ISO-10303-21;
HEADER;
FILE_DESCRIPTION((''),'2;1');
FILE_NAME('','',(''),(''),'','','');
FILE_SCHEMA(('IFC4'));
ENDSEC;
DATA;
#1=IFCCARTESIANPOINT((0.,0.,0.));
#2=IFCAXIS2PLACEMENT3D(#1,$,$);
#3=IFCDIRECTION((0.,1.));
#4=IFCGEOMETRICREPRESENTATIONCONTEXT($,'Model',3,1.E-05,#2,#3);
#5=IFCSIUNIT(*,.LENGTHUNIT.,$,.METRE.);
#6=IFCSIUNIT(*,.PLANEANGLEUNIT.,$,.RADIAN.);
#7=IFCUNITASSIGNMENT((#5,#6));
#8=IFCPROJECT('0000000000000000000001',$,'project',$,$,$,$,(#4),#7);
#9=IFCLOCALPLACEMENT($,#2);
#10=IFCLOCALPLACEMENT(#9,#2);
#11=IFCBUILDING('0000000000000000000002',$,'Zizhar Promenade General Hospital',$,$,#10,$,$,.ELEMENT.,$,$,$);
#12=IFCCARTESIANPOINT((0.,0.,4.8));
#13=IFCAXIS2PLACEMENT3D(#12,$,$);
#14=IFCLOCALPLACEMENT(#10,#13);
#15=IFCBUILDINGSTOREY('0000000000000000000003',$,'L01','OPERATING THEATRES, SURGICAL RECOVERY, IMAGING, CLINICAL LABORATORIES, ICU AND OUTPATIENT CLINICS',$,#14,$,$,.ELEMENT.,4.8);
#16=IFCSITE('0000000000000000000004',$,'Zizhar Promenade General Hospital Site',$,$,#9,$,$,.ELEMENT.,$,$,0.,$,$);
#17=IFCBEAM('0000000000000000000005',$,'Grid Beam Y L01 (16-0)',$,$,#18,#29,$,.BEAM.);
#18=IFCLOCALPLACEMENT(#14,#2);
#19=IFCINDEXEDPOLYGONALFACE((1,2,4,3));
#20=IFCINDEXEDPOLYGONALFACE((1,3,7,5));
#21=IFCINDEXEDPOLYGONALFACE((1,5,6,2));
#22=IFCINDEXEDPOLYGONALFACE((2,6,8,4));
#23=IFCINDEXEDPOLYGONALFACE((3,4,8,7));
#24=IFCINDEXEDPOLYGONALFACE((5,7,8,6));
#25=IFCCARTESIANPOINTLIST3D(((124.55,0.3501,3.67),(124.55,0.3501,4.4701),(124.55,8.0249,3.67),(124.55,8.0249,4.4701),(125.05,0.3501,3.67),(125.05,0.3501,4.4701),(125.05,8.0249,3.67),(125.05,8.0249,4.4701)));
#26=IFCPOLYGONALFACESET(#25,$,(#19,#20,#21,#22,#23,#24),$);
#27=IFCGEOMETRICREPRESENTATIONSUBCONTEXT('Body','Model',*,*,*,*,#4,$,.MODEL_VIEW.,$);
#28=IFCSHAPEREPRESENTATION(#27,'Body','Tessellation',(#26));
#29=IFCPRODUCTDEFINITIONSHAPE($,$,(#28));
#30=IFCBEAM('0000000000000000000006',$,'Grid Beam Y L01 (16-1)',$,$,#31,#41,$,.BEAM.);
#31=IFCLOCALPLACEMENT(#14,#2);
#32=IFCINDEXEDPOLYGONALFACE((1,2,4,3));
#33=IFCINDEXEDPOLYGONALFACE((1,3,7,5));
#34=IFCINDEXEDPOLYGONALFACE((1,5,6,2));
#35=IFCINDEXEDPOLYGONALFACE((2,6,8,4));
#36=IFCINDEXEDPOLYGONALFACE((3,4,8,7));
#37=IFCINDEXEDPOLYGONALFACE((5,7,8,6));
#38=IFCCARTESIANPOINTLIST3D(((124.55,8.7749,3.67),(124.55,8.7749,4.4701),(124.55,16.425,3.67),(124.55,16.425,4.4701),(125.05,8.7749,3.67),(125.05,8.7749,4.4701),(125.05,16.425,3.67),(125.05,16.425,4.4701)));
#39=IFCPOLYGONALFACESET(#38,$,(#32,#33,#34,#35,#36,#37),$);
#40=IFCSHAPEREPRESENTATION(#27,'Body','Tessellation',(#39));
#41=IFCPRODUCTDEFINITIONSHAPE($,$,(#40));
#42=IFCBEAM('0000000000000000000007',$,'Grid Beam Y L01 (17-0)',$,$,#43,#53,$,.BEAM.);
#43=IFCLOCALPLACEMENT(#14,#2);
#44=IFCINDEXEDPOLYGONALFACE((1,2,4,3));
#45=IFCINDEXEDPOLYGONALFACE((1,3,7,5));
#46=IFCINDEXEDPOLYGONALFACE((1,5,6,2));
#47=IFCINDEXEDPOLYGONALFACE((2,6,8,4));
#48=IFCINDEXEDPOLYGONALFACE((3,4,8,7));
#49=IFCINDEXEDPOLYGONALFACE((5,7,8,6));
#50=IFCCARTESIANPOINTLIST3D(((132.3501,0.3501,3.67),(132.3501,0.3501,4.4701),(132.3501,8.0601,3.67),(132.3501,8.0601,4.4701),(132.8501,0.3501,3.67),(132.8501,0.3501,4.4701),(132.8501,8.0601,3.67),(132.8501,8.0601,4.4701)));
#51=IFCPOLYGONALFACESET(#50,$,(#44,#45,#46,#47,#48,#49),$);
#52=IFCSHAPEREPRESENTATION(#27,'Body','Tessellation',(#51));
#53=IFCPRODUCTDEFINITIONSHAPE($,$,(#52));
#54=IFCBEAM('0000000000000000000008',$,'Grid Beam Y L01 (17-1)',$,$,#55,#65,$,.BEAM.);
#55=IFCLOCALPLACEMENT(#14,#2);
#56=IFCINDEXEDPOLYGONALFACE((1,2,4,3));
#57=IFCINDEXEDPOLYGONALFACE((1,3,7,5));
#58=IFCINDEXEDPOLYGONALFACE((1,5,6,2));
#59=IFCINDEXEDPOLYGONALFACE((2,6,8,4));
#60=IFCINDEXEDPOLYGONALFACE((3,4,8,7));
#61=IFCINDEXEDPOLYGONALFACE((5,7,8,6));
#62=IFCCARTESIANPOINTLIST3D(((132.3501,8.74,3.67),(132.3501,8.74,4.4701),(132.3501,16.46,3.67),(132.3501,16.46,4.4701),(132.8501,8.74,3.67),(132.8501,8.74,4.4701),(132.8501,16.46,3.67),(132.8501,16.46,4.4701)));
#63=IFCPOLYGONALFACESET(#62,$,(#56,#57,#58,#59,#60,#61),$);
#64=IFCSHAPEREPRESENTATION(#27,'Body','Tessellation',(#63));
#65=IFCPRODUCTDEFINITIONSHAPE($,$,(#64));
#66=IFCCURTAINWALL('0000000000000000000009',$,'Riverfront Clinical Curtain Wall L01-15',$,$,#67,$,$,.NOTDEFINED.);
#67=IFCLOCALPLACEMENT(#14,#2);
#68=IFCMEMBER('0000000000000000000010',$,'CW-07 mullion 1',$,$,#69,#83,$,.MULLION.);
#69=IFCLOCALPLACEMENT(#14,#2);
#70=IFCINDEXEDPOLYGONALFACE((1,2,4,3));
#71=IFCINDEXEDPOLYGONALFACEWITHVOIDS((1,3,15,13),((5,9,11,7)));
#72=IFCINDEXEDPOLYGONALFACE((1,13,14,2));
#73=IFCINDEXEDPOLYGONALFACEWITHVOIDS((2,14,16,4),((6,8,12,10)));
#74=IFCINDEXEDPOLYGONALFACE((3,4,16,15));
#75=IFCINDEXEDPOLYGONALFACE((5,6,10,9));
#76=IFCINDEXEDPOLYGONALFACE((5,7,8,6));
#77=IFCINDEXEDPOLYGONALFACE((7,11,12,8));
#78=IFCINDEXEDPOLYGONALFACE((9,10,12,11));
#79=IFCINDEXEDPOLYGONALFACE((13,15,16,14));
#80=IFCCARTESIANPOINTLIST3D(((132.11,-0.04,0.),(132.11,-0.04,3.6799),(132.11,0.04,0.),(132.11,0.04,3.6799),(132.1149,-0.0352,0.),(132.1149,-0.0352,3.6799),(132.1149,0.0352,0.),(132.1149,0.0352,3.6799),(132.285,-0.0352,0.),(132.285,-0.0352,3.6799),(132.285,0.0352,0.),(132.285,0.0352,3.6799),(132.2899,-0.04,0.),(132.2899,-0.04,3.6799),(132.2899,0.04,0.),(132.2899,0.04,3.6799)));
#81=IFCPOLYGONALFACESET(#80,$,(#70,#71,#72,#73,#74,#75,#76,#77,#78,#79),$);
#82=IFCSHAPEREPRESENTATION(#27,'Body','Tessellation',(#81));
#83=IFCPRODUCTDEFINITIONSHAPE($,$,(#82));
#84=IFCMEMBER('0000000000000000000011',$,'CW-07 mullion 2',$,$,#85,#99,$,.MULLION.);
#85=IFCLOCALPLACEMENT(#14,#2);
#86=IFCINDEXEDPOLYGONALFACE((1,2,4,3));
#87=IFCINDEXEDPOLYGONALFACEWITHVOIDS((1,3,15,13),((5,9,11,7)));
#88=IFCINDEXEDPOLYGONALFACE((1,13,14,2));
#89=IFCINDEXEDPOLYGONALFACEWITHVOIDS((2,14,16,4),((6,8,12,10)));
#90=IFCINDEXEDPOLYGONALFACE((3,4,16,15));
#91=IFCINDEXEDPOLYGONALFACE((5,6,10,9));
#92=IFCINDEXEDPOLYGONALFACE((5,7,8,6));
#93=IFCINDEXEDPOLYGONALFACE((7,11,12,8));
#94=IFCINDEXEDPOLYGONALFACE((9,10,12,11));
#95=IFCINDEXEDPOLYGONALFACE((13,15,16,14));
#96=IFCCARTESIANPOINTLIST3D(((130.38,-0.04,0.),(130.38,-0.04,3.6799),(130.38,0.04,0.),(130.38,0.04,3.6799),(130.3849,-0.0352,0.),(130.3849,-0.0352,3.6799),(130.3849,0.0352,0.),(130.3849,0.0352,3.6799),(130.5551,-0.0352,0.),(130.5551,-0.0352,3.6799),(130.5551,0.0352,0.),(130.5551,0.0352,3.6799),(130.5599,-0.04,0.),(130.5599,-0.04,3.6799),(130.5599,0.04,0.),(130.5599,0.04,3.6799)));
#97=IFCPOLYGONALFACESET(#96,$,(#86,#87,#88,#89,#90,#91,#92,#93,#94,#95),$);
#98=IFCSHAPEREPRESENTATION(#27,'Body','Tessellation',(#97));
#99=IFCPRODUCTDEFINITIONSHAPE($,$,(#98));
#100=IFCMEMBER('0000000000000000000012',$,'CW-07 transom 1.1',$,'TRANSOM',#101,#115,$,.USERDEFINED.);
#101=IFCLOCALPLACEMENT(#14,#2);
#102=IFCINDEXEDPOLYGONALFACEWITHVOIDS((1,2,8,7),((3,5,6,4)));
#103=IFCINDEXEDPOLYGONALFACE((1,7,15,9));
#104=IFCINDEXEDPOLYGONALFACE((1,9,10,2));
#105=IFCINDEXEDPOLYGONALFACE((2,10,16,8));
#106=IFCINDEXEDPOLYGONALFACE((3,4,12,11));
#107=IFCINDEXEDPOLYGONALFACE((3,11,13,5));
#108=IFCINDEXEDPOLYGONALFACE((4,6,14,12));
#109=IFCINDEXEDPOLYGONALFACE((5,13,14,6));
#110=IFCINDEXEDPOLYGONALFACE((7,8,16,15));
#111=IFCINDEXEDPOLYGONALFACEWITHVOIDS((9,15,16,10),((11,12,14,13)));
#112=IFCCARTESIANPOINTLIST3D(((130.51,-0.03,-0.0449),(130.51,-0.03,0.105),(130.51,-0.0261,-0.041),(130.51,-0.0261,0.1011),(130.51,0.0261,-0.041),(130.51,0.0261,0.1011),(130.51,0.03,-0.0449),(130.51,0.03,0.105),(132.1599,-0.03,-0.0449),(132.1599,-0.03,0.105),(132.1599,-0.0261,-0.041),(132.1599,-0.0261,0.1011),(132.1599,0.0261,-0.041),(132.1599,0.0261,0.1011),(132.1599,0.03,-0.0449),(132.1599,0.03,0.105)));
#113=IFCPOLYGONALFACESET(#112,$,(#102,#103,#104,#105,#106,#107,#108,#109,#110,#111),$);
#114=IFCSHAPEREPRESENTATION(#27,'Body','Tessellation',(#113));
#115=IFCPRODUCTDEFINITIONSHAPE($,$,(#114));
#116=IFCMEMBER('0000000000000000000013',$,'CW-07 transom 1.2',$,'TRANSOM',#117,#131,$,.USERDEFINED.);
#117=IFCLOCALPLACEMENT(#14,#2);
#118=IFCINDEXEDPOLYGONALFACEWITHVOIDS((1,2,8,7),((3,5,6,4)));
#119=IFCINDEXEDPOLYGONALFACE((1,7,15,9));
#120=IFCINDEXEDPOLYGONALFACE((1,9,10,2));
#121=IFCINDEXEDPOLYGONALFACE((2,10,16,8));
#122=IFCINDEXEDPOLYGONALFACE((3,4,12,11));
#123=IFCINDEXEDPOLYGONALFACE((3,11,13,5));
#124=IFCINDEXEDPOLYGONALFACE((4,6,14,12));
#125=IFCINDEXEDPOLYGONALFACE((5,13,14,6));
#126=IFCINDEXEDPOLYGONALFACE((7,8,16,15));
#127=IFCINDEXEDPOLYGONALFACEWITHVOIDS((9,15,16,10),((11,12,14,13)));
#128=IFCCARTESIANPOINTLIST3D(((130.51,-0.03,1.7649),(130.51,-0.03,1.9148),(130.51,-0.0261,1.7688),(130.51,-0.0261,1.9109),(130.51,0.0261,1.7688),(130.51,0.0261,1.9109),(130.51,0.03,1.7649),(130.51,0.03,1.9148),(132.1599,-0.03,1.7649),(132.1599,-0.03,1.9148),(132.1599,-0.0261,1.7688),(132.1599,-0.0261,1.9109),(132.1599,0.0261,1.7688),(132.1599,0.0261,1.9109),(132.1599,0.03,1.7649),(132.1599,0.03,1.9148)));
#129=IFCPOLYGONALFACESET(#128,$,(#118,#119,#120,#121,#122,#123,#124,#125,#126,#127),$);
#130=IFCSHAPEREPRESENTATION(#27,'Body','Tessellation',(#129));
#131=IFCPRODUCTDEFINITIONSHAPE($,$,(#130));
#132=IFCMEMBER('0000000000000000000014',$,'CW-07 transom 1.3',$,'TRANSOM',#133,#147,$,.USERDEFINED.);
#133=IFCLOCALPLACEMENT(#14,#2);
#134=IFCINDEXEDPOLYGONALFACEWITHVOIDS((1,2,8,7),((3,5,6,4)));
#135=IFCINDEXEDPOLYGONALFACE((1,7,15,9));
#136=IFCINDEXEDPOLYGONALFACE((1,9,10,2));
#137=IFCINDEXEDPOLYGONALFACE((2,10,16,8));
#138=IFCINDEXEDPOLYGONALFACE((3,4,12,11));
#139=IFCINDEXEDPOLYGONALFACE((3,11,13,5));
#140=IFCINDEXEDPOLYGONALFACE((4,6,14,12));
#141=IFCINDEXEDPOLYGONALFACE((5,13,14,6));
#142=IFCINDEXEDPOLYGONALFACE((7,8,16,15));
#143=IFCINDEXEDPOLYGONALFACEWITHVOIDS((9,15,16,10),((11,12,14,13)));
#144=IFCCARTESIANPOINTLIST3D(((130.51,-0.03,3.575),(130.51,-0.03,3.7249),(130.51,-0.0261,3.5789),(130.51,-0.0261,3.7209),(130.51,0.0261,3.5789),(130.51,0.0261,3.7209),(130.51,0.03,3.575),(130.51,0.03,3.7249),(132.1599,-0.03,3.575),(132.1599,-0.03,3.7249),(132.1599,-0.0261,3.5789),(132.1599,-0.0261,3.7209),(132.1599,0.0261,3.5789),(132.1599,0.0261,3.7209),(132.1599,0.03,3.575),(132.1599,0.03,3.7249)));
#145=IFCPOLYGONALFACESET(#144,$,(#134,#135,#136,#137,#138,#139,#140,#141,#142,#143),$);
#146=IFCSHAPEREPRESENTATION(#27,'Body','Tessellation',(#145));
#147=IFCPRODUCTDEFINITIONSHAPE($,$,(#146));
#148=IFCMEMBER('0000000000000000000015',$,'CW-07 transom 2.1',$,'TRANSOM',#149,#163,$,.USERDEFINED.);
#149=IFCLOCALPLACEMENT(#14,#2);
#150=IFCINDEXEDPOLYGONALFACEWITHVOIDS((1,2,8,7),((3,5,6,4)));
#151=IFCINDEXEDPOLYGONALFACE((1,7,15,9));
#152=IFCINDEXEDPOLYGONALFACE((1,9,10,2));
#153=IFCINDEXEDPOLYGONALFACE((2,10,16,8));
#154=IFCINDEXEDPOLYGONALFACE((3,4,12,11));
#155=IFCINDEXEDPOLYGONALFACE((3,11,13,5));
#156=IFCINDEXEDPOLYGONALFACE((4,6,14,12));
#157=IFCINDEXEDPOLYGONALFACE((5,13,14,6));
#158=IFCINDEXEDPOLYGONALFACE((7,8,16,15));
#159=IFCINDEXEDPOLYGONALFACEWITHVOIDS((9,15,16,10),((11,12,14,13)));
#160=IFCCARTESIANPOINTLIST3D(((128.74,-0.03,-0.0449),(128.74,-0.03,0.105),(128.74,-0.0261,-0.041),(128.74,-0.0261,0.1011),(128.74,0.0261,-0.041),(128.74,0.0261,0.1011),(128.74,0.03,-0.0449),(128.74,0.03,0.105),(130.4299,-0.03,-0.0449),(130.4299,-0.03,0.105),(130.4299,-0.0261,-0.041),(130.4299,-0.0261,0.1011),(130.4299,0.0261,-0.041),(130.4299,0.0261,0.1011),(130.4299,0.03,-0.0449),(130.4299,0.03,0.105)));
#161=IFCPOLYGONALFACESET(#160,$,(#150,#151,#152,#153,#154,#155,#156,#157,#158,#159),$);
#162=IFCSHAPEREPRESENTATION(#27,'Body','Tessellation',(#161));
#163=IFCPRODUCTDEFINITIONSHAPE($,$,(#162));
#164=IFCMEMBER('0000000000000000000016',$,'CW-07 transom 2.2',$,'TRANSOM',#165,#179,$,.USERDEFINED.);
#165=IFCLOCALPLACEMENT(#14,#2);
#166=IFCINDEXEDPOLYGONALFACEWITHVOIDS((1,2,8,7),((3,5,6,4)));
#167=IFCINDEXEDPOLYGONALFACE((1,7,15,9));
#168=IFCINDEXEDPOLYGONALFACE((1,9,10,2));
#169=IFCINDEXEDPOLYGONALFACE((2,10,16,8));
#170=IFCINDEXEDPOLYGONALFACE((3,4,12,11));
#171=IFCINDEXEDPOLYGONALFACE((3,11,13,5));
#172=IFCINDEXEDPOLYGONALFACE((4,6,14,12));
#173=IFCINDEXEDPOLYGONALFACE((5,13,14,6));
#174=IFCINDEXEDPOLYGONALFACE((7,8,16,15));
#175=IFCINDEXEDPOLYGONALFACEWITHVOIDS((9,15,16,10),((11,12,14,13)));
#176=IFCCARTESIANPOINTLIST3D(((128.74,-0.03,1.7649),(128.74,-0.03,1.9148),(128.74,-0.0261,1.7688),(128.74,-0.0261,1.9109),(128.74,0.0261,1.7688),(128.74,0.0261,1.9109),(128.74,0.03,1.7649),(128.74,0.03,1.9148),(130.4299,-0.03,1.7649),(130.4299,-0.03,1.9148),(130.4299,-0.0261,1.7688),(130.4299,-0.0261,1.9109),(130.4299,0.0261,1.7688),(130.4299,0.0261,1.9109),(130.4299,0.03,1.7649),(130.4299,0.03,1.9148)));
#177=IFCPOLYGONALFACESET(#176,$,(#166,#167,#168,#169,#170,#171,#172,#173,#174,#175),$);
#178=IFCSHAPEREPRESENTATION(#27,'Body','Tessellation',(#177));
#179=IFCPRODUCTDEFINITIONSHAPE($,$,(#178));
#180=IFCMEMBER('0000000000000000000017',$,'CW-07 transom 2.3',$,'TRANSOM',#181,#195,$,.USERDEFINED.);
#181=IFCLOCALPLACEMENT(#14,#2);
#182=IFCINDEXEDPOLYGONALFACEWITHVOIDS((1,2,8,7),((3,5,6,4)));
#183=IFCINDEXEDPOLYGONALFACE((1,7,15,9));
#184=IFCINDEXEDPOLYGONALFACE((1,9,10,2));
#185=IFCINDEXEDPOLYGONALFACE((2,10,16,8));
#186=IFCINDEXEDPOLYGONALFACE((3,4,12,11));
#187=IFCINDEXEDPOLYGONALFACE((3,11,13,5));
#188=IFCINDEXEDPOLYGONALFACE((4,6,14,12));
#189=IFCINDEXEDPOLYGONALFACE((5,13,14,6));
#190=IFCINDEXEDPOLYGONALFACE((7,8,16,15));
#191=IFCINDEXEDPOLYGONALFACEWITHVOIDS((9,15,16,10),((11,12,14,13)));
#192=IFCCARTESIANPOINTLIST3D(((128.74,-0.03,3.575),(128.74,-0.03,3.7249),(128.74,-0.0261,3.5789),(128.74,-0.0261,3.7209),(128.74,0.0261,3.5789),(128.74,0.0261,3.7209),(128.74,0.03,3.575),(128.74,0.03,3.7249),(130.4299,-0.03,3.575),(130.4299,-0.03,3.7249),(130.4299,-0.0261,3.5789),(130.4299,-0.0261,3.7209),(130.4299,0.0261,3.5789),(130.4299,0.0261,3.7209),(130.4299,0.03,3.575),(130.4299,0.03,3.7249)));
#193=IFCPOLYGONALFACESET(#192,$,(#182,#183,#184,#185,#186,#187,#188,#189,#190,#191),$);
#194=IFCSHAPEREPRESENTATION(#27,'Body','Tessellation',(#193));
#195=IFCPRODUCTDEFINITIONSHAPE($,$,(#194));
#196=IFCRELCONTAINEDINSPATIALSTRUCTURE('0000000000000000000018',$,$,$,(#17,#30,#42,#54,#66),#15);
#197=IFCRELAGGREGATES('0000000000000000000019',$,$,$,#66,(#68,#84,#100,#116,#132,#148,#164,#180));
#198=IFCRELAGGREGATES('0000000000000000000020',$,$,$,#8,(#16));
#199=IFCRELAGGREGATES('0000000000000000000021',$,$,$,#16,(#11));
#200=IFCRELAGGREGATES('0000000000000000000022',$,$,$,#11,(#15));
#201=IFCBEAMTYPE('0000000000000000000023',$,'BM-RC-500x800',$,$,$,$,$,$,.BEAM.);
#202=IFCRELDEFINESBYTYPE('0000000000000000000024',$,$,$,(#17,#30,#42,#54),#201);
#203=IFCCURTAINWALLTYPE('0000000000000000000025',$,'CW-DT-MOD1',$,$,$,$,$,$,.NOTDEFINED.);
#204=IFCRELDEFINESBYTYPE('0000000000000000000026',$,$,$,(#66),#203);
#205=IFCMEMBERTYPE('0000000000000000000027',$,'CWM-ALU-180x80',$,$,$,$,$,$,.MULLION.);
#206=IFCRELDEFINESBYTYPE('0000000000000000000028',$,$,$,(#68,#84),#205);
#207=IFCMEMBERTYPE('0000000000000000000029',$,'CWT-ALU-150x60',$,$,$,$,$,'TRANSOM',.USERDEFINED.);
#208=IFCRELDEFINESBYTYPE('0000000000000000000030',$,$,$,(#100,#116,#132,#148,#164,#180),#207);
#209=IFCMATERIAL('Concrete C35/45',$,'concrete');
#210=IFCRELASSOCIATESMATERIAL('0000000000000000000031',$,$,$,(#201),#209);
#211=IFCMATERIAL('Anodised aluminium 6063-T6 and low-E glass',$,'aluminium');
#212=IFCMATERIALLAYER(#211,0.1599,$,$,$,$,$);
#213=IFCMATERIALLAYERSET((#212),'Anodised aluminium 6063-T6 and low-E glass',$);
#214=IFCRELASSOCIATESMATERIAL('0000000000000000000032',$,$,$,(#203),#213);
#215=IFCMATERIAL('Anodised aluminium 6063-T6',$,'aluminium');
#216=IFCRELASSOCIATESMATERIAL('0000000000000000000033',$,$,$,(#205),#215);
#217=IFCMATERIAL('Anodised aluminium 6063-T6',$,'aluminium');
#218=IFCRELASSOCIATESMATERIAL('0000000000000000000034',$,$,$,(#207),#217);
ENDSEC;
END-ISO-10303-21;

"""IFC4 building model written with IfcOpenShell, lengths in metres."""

from ifc_helpers import new_model, si_unit, direction, frame, origin, origin_2d, place, context, subcontext, project, spatial, rectangle, hollow_rectangle, extrude, material, layer, layer_set, material_profile, profile_set, type_object, element, aggregate, save


model = new_model("IFC4")

# Units and contexts
model_context = context("Model", 3, precision=1e-05, world=origin(), true_north=direction((0.0, 1.0)))
body_context = subcontext(model_context, "Body", "Model", "MODEL_VIEW")
ifc_project = project(units=[si_unit("LENGTHUNIT", "METRE"), si_unit("PLANEANGLEUNIT", "RADIAN")], contexts=[model_context])

# Site, building, storey
site_placement = place(None, origin())
site = spatial("IfcSite", under=ifc_project, at=site_placement, Name="Zizhar Promenade General Hospital Site", CompositionType="ELEMENT", RefElevation=0.0)
building_placement = place(site_placement, origin())
building = spatial("IfcBuilding", under=site, at=building_placement, Name="Zizhar Promenade General Hospital", CompositionType="ELEMENT")
storey_placement = place(building_placement, frame((0.0, 0.0, 4.8)))
storey = spatial("IfcBuildingStorey", under=building, at=storey_placement, Name="L01", Description="OPERATING THEATRES, SURGICAL RECOVERY, IMAGING, CLINICAL LABORATORIES, ICU AND OUTPATIENT CLINICS", CompositionType="ELEMENT", Elevation=4.8)

# Beams
ifc_material_1 = material(Name="Concrete C35/45", Category="concrete")
ifc_material_profile_1 = material_profile(ifc_material_1, rectangle(XDim=0.5, YDim=0.8, at=origin_2d()))
ifc_profile_set_1 = profile_set([ifc_material_profile_1], Name="Concrete C35/45")
beam_type_1 = type_object("IfcBeamType", Name="BM-RC-500x800", PredefinedType="BEAM", material=ifc_profile_set_1)
beam_1_placement = place(storey_placement, frame((124.8, 0.3501, 4.0701), z_axis=(0.0, 1.0, 0.0), x_axis=(-1.0, 0.0, 0.0)))
element("IfcBeam", 1, at=beam_1_placement, inside=storey, type_object=beam_type_1, Name="Grid Beam Y L01 (16-0)", PredefinedType="BEAM", context=body_context, shape_type="SweptSolid", body=[
    extrude(rectangle(XDim=0.5, YDim=0.8, at=origin_2d()), origin(), (0.0, 0.0, 1.0), 7.6748),
])
beam_2_placement = place(storey_placement, frame((124.8, 8.7749, 4.0701), z_axis=(0.0, 1.0, 0.0), x_axis=(-1.0, 0.0, 0.0)))
element("IfcBeam", 2, at=beam_2_placement, inside=storey, type_object=beam_type_1, Name="Grid Beam Y L01 (16-1)", PredefinedType="BEAM", context=body_context, shape_type="SweptSolid", body=[
    extrude(rectangle(XDim=0.5, YDim=0.8, at=origin_2d()), origin(), (0.0, 0.0, 1.0), 7.6501),
])
beam_3_placement = place(storey_placement, frame((132.6001, 0.3501, 4.0701), z_axis=(0.0, 1.0, 0.0), x_axis=(-1.0, 0.0, 0.0)))
element("IfcBeam", 3, at=beam_3_placement, inside=storey, type_object=beam_type_1, Name="Grid Beam Y L01 (17-0)", PredefinedType="BEAM", context=body_context, shape_type="SweptSolid", body=[
    extrude(rectangle(XDim=0.5, YDim=0.8, at=origin_2d()), origin(), (0.0, 0.0, 1.0), 7.71),
])
beam_4_placement = place(storey_placement, frame((132.6001, 8.74, 4.0701), z_axis=(0.0, 1.0, 0.0), x_axis=(-1.0, 0.0, 0.0)))
element("IfcBeam", 4, at=beam_4_placement, inside=storey, type_object=beam_type_1, Name="Grid Beam Y L01 (17-1)", PredefinedType="BEAM", context=body_context, shape_type="SweptSolid", body=[
    extrude(rectangle(XDim=0.5, YDim=0.8, at=origin_2d()), origin(), (0.0, 0.0, 1.0), 7.72),
])

# Curtain wall, members
ifc_material_2 = material(Name="Anodised aluminium 6063-T6 and low-E glass", Category="aluminium")
ifc_layer_1 = layer(ifc_material_2, 0.1599)
ifc_layer_set_1 = layer_set([ifc_layer_1], Name="Anodised aluminium 6063-T6 and low-E glass")
curtain_wall_type = type_object("IfcCurtainWallType", Name="CW-DT-MOD1", PredefinedType="NOTDEFINED", material=ifc_layer_set_1)
curtain_wall_placement = place(storey_placement, origin())
curtain_wall = element("IfcCurtainWall", 5, at=curtain_wall_placement, inside=storey, type_object=curtain_wall_type, Name="Riverfront Clinical Curtain Wall L01-15", PredefinedType="NOTDEFINED")
ifc_material_3 = material(Name="Anodised aluminium 6063-T6", Category="aluminium")
ifc_material_profile_2 = material_profile(ifc_material_3, hollow_rectangle(XDim=0.0801, YDim=0.1799, WallThickness=0.0049, at=origin_2d()))
ifc_profile_set_2 = profile_set([ifc_material_profile_2], Name="Anodised aluminium 6063-T6")
member_type_1 = type_object("IfcMemberType", Name="CWM-ALU-180x80", PredefinedType="MULLION", material=ifc_profile_set_2)
member_1_placement = place(storey_placement, frame((132.2, 0.0, 0.0), z_axis=(0.0, 0.0, 1.0), x_axis=(0.0, -1.0, 0.0)))
member_1 = element("IfcMember", 6, at=member_1_placement, type_object=member_type_1, Name="CW-07 mullion 1", PredefinedType="MULLION", context=body_context, shape_type="SweptSolid", body=[
    extrude(hollow_rectangle(XDim=0.0801, YDim=0.1799, WallThickness=0.0049, at=origin_2d()), origin(), (0.0, 0.0, 1.0), 3.6799),
])
member_2_placement = place(storey_placement, frame((130.47, 0.0, 0.0), z_axis=(0.0, 0.0, 1.0), x_axis=(0.0, -1.0, 0.0)))
member_2 = element("IfcMember", 7, at=member_2_placement, type_object=member_type_1, Name="CW-07 mullion 2", PredefinedType="MULLION", context=body_context, shape_type="SweptSolid", body=[
    extrude(hollow_rectangle(XDim=0.0801, YDim=0.1799, WallThickness=0.0049, at=origin_2d()), origin(), (0.0, 0.0, 1.0), 3.6799),
])
ifc_material_4 = material(Name="Anodised aluminium 6063-T6", Category="aluminium")
ifc_material_profile_3 = material_profile(ifc_material_4, hollow_rectangle(XDim=0.0601, YDim=0.1499, WallThickness=0.0039, at=origin_2d()))
ifc_profile_set_3 = profile_set([ifc_material_profile_3], Name="Anodised aluminium 6063-T6")
member_type_2 = type_object("IfcMemberType", Name="CWT-ALU-150x60", ElementType="TRANSOM", PredefinedType="USERDEFINED", material=ifc_profile_set_3)
member_3_placement = place(storey_placement, frame((132.1599, 0.0, 0.03), z_axis=(-1.0, 0.0, 0.0), x_axis=(0.0, -1.0, 0.0)))
member_3 = element("IfcMember", 8, at=member_3_placement, type_object=member_type_2, Name="CW-07 transom 1.1", ObjectType="TRANSOM", PredefinedType="USERDEFINED", context=body_context, shape_type="SweptSolid", body=[
    extrude(hollow_rectangle(XDim=0.0601, YDim=0.1499, WallThickness=0.0039, at=origin_2d()), origin(), (0.0, 0.0, 1.0), 1.6499),
])
member_4_placement = place(storey_placement, frame((132.1599, 0.0, 1.8398), z_axis=(-1.0, 0.0, 0.0), x_axis=(0.0, -1.0, 0.0)))
member_4 = element("IfcMember", 9, at=member_4_placement, type_object=member_type_2, Name="CW-07 transom 1.2", ObjectType="TRANSOM", PredefinedType="USERDEFINED", context=body_context, shape_type="SweptSolid", body=[
    extrude(hollow_rectangle(XDim=0.0601, YDim=0.1499, WallThickness=0.0039, at=origin_2d()), origin(), (0.0, 0.0, 1.0), 1.6499),
])
member_5_placement = place(storey_placement, frame((132.1599, 0.0, 3.6499), z_axis=(-1.0, 0.0, 0.0), x_axis=(0.0, -1.0, 0.0)))
member_5 = element("IfcMember", 10, at=member_5_placement, type_object=member_type_2, Name="CW-07 transom 1.3", ObjectType="TRANSOM", PredefinedType="USERDEFINED", context=body_context, shape_type="SweptSolid", body=[
    extrude(hollow_rectangle(XDim=0.0601, YDim=0.1499, WallThickness=0.0039, at=origin_2d()), origin(), (0.0, 0.0, 1.0), 1.6499),
])
member_6_placement = place(storey_placement, frame((130.4299, 0.0, 0.03), z_axis=(-1.0, 0.0, 0.0), x_axis=(0.0, -1.0, 0.0)))
member_6 = element("IfcMember", 11, at=member_6_placement, type_object=member_type_2, Name="CW-07 transom 2.1", ObjectType="TRANSOM", PredefinedType="USERDEFINED", context=body_context, shape_type="SweptSolid", body=[
    extrude(hollow_rectangle(XDim=0.0601, YDim=0.1499, WallThickness=0.0039, at=origin_2d()), origin(), (0.0, 0.0, 1.0), 1.6899),
])
member_7_placement = place(storey_placement, frame((130.4299, 0.0, 1.8398), z_axis=(-1.0, 0.0, 0.0), x_axis=(0.0, -1.0, 0.0)))
member_7 = element("IfcMember", 12, at=member_7_placement, type_object=member_type_2, Name="CW-07 transom 2.2", ObjectType="TRANSOM", PredefinedType="USERDEFINED", context=body_context, shape_type="SweptSolid", body=[
    extrude(hollow_rectangle(XDim=0.0601, YDim=0.1499, WallThickness=0.0039, at=origin_2d()), origin(), (0.0, 0.0, 1.0), 1.6899),
])
member_8_placement = place(storey_placement, frame((130.4299, 0.0, 3.6499), z_axis=(-1.0, 0.0, 0.0), x_axis=(0.0, -1.0, 0.0)))
member_8 = element("IfcMember", 13, at=member_8_placement, type_object=member_type_2, Name="CW-07 transom 2.3", ObjectType="TRANSOM", PredefinedType="USERDEFINED", context=body_context, shape_type="SweptSolid", body=[
    extrude(hollow_rectangle(XDim=0.0601, YDim=0.1499, WallThickness=0.0039, at=origin_2d()), origin(), (0.0, 0.0, 1.0), 1.6899),
])
aggregate(curtain_wall, [member_1, member_2, member_3, member_4, member_5, member_6, member_7, member_8])

save(model, "model.ifc")
